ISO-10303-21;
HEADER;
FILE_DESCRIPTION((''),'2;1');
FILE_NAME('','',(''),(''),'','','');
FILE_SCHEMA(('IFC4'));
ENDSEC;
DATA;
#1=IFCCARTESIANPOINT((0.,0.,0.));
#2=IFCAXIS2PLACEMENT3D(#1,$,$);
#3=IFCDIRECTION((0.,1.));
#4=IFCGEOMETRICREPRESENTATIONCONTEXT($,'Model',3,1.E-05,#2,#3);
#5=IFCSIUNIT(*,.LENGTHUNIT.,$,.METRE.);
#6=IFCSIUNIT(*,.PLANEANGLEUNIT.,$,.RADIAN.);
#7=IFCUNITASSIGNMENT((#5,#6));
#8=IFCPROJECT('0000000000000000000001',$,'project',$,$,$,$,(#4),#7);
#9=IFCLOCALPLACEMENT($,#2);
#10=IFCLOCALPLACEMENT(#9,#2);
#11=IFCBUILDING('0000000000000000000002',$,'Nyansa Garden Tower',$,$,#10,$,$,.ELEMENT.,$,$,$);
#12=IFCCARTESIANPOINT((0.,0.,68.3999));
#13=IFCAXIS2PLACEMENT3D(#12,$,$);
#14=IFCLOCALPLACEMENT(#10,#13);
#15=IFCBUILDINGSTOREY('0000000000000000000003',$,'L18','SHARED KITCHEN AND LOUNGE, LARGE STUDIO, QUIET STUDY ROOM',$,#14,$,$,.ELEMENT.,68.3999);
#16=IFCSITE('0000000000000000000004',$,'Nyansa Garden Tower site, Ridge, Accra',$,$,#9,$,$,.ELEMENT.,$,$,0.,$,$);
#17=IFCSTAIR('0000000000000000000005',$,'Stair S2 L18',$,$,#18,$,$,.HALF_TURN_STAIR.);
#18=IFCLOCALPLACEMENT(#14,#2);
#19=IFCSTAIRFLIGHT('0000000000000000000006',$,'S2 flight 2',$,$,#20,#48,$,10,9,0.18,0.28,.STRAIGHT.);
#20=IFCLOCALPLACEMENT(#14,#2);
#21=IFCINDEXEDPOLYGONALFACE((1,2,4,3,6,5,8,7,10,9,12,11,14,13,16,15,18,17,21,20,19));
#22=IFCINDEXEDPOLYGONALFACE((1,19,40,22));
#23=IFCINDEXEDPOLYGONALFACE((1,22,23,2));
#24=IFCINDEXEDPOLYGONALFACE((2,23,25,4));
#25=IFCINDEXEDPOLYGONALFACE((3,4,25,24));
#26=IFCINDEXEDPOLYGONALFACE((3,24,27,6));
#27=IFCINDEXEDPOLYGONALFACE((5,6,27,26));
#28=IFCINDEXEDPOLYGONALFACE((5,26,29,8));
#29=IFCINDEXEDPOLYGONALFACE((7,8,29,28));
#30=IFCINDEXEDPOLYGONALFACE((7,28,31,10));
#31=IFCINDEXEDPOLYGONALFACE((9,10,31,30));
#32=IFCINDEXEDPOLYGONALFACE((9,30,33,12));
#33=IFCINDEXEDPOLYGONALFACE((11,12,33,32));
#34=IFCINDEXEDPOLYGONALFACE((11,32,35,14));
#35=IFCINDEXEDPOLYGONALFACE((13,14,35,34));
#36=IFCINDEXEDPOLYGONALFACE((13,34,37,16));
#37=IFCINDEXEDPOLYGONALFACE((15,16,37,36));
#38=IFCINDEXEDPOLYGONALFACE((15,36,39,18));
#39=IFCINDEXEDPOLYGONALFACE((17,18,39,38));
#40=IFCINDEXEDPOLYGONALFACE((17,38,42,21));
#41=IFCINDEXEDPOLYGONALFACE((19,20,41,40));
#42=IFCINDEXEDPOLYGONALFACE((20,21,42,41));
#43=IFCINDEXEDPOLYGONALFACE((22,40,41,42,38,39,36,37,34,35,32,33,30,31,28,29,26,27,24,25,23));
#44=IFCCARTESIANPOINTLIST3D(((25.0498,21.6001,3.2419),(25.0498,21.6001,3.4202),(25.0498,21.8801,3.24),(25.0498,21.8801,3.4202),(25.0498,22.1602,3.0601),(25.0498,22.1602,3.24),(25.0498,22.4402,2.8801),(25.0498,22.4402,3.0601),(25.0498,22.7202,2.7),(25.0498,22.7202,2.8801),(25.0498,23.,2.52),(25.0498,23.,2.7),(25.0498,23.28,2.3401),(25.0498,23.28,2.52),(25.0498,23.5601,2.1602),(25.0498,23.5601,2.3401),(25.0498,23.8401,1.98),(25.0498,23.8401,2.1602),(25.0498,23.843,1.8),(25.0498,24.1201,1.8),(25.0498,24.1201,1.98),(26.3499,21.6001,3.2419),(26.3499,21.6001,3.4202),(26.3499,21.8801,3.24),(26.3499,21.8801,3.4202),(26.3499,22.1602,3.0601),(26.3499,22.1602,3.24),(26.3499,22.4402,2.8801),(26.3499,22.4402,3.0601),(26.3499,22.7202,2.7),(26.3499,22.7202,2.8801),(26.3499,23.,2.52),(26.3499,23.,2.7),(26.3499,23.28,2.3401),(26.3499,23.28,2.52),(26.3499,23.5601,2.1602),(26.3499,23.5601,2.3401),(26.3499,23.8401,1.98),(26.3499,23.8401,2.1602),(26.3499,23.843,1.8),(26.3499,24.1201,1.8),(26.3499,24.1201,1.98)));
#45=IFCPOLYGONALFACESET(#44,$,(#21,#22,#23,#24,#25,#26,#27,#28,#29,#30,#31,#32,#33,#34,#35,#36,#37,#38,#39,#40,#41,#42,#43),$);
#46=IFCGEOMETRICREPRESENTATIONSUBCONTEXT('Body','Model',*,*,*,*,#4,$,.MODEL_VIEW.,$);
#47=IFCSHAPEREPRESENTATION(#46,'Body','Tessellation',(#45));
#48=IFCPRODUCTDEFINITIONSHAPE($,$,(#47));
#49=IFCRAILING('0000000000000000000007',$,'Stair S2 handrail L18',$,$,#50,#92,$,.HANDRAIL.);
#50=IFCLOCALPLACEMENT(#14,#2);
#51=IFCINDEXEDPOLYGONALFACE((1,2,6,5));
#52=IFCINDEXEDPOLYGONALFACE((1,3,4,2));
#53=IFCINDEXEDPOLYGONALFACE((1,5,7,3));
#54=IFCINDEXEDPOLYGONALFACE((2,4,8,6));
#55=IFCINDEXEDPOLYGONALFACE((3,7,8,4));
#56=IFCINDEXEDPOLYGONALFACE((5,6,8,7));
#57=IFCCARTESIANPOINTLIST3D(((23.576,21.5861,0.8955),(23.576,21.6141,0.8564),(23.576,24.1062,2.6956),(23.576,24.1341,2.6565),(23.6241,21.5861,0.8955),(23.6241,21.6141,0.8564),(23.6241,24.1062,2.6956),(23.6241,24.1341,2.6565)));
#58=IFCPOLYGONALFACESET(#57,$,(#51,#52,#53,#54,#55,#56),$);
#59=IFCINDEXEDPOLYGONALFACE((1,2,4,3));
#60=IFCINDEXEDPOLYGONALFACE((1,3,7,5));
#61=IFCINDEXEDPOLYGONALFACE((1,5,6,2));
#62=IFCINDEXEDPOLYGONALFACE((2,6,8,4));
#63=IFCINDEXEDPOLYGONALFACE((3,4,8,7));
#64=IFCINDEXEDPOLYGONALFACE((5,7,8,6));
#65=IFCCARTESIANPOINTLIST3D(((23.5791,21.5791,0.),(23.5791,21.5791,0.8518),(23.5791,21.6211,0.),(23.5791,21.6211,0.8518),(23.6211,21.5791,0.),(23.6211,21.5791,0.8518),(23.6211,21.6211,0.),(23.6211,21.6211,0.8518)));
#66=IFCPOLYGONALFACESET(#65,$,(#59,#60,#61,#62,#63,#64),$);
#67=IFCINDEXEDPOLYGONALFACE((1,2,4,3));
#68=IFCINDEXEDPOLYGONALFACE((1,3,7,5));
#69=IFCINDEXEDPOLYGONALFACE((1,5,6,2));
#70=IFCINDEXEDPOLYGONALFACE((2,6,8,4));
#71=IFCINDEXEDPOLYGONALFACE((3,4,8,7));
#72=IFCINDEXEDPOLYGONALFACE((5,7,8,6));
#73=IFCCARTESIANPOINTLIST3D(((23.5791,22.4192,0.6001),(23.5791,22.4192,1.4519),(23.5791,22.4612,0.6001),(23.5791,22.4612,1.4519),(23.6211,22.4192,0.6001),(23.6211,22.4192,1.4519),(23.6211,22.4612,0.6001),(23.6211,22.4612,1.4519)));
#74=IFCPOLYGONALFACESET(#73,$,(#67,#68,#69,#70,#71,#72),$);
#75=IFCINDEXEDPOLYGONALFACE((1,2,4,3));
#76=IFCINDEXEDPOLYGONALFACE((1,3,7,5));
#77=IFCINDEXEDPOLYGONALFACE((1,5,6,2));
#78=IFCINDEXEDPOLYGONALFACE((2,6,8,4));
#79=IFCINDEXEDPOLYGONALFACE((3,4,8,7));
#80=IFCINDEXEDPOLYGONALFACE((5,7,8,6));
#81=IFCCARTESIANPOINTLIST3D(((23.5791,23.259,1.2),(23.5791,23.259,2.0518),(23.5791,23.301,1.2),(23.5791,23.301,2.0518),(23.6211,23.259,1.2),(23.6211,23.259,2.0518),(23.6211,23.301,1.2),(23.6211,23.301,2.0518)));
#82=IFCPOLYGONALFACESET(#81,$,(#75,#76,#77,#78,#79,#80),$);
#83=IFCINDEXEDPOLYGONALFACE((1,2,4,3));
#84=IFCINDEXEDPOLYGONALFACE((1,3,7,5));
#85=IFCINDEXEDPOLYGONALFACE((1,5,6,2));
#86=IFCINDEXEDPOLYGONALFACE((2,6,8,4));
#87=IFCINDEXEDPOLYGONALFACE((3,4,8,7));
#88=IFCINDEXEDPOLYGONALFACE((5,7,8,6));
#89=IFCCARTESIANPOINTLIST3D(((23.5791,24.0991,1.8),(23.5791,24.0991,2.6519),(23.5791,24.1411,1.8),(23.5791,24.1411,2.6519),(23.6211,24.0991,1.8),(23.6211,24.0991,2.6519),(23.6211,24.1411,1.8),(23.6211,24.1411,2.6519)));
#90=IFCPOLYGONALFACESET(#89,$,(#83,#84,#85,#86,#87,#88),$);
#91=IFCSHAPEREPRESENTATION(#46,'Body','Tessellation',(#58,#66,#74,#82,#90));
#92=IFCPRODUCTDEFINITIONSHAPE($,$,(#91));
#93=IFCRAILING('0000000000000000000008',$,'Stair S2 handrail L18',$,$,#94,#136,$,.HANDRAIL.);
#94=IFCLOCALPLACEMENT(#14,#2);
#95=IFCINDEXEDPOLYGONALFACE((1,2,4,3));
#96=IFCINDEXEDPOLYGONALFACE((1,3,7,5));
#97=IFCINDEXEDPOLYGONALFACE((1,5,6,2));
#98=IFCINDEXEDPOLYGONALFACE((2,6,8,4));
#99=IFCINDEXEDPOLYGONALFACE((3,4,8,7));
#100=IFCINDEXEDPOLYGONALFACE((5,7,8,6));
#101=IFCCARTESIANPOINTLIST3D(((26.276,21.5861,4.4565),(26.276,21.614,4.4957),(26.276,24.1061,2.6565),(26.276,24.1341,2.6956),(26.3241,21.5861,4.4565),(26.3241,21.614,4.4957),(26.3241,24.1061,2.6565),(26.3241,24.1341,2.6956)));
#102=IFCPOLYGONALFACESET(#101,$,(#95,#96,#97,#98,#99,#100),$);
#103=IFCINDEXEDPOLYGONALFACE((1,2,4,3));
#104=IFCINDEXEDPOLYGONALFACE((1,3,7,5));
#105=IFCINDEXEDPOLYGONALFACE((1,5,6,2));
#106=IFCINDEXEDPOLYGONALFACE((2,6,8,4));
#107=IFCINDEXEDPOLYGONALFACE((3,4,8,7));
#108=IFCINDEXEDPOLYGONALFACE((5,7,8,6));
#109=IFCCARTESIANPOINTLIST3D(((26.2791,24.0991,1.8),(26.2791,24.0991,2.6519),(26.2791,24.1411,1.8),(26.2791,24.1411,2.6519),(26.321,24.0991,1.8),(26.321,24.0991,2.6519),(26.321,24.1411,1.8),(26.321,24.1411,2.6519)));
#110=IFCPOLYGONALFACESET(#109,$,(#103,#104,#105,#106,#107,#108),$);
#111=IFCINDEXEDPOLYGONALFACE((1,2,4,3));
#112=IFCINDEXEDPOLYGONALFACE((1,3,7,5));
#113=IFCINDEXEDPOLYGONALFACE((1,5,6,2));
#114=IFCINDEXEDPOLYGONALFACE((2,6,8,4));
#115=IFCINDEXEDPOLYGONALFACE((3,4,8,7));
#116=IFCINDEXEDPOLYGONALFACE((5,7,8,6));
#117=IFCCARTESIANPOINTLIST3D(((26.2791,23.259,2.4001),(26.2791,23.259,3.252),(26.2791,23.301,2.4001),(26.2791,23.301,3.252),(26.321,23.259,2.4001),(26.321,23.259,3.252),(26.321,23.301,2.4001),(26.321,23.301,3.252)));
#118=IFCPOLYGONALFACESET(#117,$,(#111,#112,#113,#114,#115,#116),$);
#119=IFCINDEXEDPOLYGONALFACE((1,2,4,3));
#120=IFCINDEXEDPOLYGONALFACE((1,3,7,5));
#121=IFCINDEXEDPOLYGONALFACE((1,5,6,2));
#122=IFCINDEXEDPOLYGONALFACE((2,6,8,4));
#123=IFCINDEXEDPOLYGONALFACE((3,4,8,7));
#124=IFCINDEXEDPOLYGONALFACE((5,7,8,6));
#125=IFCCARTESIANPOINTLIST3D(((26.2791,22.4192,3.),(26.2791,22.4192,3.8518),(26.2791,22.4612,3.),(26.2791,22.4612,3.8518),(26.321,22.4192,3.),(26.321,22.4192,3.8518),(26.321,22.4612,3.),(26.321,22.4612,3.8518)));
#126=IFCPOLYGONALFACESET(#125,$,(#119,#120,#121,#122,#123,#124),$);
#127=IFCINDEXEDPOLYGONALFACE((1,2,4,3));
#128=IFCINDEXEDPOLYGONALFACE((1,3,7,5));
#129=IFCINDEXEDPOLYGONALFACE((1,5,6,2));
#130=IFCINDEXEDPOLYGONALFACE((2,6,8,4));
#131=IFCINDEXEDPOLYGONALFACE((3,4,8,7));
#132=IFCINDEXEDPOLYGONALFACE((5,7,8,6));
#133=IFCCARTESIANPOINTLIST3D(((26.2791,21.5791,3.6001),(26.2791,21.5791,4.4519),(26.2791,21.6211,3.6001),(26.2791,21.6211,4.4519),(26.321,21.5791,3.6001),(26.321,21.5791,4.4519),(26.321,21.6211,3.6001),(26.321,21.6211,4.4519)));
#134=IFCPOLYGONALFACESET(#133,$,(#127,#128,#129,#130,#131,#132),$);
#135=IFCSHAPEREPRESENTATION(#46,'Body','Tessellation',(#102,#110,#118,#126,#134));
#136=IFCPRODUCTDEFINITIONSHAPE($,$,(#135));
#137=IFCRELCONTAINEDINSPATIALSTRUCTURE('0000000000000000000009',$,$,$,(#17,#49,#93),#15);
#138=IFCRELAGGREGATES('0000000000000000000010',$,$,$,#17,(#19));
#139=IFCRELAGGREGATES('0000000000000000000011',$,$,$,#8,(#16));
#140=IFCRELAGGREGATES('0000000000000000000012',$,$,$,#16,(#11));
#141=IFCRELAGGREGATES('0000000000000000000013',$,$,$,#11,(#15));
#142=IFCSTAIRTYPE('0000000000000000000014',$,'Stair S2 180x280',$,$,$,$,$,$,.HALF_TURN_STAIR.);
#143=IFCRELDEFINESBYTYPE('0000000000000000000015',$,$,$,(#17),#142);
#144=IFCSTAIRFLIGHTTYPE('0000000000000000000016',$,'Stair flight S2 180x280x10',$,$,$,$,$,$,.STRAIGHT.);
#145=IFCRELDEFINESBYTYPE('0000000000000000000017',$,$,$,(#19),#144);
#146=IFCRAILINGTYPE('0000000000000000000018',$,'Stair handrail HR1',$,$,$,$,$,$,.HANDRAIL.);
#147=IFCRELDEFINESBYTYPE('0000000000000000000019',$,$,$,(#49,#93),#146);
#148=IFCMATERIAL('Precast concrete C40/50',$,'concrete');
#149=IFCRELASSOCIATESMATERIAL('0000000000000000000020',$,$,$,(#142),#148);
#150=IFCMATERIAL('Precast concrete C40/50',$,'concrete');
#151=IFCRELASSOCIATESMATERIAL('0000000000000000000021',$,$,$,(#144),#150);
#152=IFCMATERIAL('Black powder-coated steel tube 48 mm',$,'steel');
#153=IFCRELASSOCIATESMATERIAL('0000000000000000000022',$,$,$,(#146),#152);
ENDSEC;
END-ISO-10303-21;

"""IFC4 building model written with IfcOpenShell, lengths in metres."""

from ifc_helpers import new_model, si_unit, direction, frame, origin, origin_2d, place, context, subcontext, project, spatial, polyline, rectangle, outline, extrude, material, type_object, element, aggregate, save


model = new_model("IFC4")

# Units and contexts
model_context = context("Model", 3, precision=1e-05, world=origin(), true_north=direction((0.0, 1.0)))
body_context = subcontext(model_context, "Body", "Model", "MODEL_VIEW")
ifc_project = project(units=[si_unit("LENGTHUNIT", "METRE"), si_unit("PLANEANGLEUNIT", "RADIAN")], contexts=[model_context])

# Site, building, storey
site_placement = place(None, origin())
site = spatial("IfcSite", under=ifc_project, at=site_placement, Name="Nyansa Garden Tower site, Ridge, Accra", CompositionType="ELEMENT", RefElevation=0.0)
building_placement = place(site_placement, origin())
building = spatial("IfcBuilding", under=site, at=building_placement, Name="Nyansa Garden Tower", CompositionType="ELEMENT")
storey_placement = place(building_placement, frame((0.0, 0.0, 68.3999)))
storey = spatial("IfcBuildingStorey", under=building, at=storey_placement, Name="L18", Description="SHARED KITCHEN AND LOUNGE, LARGE STUDIO, QUIET STUDY ROOM", CompositionType="ELEMENT", Elevation=68.3999)

# Stair, stair flight
ifc_material_1 = material(Name="Precast concrete C40/50", Category="concrete")
stair_type = type_object("IfcStairType", Name="Stair S2 180x280", PredefinedType="HALF_TURN_STAIR", material=ifc_material_1)
stair_placement = place(storey_placement, origin())
stair = element("IfcStair", 1, at=stair_placement, inside=storey, type_object=stair_type, Name="Stair S2 L18", PredefinedType="HALF_TURN_STAIR")
ifc_material_2 = material(Name="Precast concrete C40/50", Category="concrete")
stair_flight_type = type_object("IfcStairFlightType", Name="Stair flight S2 180x280x10", PredefinedType="STRAIGHT", material=ifc_material_2)
stair_flight_1_placement = place(storey_placement, frame((25.7, 24.1201, 1.8), z_axis=(0.0, 0.0, 1.0), x_axis=(0.0, -1.0, 0.0)))
stair_flight_1 = element("IfcStairFlight", 2, at=stair_flight_1_placement, type_object=stair_flight_type, Name="S2 flight 2", NumberOfRisers=10, NumberOfTreads=9, PredefinedType="STRAIGHT", RiserHeight=0.18, TreadLength=0.28, context=body_context, shape_type="SweptSolid", body=[
    extrude(outline(polyline([(0.0, 0.0), (0.0, 0.1799), (0.28, 0.1799), (0.28, 0.3601), (0.5601, 0.3601), (0.5601, 0.54), (0.8401, 0.54), (0.8401, 0.72), (1.1201, 0.72), (1.1201, 0.8999), (1.3999, 0.8999), (1.3999, 1.0801), (1.6799, 1.0801), (1.6799, 1.26), (1.96, 1.26), (1.96, 1.4399), (2.24, 1.4399), (2.24, 1.6201), (2.52, 1.6201), (2.52, 1.8), (2.52, 1.4419), (0.2771, 0.0), (0.0, 0.0)])), frame((0.0, 0.6499, 0.0), z_axis=(0.0, -1.0, 0.0), x_axis=(1.0, 0.0, 0.0)), (0.0, 0.0, 1.0), 1.3),
])
aggregate(stair, [stair_flight_1])

# Railings
ifc_material_3 = material(Name="Black powder-coated steel tube 48 mm", Category="steel")
railing_type = type_object("IfcRailingType", Name="Stair handrail HR1", PredefinedType="HANDRAIL", material=ifc_material_3)
railing_1_placement = place(storey_placement, frame((23.6001, 21.6001, 0.0)))
element("IfcRailing", 3, at=railing_1_placement, inside=storey, type_object=railing_type, Name="Stair S2 handrail L18", PredefinedType="HANDRAIL", context=body_context, shape_type="SweptSolid", body=[
    extrude(rectangle(XDim=0.0481, YDim=0.0481, at=origin_2d()), frame((0.0, 0.0, 0.876), z_axis=(0.0, 0.813728, 0.581246), x_axis=(-1.0, 0.0, 0.0)), (0.0, 0.0, 1.0), 3.0969),
    extrude(rectangle(XDim=0.042, YDim=0.042, at=origin_2d()), origin(), (0.0, 0.0, 1.0), 0.8518),
    extrude(rectangle(XDim=0.042, YDim=0.042, at=origin_2d()), frame((0.0, 0.8401, 0.6001)), (0.0, 0.0, 1.0), 0.8518),
    extrude(rectangle(XDim=0.042, YDim=0.042, at=origin_2d()), frame((0.0, 1.6799, 1.2)), (0.0, 0.0, 1.0), 0.8518),
    extrude(rectangle(XDim=0.042, YDim=0.042, at=origin_2d()), frame((0.0, 2.52, 1.8)), (0.0, 0.0, 1.0), 0.8518),
])
railing_2_placement = place(storey_placement, frame((26.3, 24.1201, 1.8)))
element("IfcRailing", 4, at=railing_2_placement, inside=storey, type_object=railing_type, Name="Stair S2 handrail L18", PredefinedType="HANDRAIL", context=body_context, shape_type="SweptSolid", body=[
    extrude(rectangle(XDim=0.0481, YDim=0.0481, at=origin_2d()), frame((0.0, 0.0, 0.876), z_axis=(0.0, -0.813728, 0.581246), x_axis=(1.0, 0.0, 0.0)), (0.0, 0.0, 1.0), 3.0969),
    extrude(rectangle(XDim=0.042, YDim=0.042, at=origin_2d()), origin(), (0.0, 0.0, 1.0), 0.8518),
    extrude(rectangle(XDim=0.042, YDim=0.042, at=origin_2d()), frame((0.0, -0.8401, 0.6001)), (0.0, 0.0, 1.0), 0.8518),
    extrude(rectangle(XDim=0.042, YDim=0.042, at=origin_2d()), frame((0.0, -1.6799, 1.2)), (0.0, 0.0, 1.0), 0.8518),
    extrude(rectangle(XDim=0.042, YDim=0.042, at=origin_2d()), frame((0.0, -2.52, 1.8)), (0.0, 0.0, 1.0), 0.8518),
])

save(model, "model.ifc")
